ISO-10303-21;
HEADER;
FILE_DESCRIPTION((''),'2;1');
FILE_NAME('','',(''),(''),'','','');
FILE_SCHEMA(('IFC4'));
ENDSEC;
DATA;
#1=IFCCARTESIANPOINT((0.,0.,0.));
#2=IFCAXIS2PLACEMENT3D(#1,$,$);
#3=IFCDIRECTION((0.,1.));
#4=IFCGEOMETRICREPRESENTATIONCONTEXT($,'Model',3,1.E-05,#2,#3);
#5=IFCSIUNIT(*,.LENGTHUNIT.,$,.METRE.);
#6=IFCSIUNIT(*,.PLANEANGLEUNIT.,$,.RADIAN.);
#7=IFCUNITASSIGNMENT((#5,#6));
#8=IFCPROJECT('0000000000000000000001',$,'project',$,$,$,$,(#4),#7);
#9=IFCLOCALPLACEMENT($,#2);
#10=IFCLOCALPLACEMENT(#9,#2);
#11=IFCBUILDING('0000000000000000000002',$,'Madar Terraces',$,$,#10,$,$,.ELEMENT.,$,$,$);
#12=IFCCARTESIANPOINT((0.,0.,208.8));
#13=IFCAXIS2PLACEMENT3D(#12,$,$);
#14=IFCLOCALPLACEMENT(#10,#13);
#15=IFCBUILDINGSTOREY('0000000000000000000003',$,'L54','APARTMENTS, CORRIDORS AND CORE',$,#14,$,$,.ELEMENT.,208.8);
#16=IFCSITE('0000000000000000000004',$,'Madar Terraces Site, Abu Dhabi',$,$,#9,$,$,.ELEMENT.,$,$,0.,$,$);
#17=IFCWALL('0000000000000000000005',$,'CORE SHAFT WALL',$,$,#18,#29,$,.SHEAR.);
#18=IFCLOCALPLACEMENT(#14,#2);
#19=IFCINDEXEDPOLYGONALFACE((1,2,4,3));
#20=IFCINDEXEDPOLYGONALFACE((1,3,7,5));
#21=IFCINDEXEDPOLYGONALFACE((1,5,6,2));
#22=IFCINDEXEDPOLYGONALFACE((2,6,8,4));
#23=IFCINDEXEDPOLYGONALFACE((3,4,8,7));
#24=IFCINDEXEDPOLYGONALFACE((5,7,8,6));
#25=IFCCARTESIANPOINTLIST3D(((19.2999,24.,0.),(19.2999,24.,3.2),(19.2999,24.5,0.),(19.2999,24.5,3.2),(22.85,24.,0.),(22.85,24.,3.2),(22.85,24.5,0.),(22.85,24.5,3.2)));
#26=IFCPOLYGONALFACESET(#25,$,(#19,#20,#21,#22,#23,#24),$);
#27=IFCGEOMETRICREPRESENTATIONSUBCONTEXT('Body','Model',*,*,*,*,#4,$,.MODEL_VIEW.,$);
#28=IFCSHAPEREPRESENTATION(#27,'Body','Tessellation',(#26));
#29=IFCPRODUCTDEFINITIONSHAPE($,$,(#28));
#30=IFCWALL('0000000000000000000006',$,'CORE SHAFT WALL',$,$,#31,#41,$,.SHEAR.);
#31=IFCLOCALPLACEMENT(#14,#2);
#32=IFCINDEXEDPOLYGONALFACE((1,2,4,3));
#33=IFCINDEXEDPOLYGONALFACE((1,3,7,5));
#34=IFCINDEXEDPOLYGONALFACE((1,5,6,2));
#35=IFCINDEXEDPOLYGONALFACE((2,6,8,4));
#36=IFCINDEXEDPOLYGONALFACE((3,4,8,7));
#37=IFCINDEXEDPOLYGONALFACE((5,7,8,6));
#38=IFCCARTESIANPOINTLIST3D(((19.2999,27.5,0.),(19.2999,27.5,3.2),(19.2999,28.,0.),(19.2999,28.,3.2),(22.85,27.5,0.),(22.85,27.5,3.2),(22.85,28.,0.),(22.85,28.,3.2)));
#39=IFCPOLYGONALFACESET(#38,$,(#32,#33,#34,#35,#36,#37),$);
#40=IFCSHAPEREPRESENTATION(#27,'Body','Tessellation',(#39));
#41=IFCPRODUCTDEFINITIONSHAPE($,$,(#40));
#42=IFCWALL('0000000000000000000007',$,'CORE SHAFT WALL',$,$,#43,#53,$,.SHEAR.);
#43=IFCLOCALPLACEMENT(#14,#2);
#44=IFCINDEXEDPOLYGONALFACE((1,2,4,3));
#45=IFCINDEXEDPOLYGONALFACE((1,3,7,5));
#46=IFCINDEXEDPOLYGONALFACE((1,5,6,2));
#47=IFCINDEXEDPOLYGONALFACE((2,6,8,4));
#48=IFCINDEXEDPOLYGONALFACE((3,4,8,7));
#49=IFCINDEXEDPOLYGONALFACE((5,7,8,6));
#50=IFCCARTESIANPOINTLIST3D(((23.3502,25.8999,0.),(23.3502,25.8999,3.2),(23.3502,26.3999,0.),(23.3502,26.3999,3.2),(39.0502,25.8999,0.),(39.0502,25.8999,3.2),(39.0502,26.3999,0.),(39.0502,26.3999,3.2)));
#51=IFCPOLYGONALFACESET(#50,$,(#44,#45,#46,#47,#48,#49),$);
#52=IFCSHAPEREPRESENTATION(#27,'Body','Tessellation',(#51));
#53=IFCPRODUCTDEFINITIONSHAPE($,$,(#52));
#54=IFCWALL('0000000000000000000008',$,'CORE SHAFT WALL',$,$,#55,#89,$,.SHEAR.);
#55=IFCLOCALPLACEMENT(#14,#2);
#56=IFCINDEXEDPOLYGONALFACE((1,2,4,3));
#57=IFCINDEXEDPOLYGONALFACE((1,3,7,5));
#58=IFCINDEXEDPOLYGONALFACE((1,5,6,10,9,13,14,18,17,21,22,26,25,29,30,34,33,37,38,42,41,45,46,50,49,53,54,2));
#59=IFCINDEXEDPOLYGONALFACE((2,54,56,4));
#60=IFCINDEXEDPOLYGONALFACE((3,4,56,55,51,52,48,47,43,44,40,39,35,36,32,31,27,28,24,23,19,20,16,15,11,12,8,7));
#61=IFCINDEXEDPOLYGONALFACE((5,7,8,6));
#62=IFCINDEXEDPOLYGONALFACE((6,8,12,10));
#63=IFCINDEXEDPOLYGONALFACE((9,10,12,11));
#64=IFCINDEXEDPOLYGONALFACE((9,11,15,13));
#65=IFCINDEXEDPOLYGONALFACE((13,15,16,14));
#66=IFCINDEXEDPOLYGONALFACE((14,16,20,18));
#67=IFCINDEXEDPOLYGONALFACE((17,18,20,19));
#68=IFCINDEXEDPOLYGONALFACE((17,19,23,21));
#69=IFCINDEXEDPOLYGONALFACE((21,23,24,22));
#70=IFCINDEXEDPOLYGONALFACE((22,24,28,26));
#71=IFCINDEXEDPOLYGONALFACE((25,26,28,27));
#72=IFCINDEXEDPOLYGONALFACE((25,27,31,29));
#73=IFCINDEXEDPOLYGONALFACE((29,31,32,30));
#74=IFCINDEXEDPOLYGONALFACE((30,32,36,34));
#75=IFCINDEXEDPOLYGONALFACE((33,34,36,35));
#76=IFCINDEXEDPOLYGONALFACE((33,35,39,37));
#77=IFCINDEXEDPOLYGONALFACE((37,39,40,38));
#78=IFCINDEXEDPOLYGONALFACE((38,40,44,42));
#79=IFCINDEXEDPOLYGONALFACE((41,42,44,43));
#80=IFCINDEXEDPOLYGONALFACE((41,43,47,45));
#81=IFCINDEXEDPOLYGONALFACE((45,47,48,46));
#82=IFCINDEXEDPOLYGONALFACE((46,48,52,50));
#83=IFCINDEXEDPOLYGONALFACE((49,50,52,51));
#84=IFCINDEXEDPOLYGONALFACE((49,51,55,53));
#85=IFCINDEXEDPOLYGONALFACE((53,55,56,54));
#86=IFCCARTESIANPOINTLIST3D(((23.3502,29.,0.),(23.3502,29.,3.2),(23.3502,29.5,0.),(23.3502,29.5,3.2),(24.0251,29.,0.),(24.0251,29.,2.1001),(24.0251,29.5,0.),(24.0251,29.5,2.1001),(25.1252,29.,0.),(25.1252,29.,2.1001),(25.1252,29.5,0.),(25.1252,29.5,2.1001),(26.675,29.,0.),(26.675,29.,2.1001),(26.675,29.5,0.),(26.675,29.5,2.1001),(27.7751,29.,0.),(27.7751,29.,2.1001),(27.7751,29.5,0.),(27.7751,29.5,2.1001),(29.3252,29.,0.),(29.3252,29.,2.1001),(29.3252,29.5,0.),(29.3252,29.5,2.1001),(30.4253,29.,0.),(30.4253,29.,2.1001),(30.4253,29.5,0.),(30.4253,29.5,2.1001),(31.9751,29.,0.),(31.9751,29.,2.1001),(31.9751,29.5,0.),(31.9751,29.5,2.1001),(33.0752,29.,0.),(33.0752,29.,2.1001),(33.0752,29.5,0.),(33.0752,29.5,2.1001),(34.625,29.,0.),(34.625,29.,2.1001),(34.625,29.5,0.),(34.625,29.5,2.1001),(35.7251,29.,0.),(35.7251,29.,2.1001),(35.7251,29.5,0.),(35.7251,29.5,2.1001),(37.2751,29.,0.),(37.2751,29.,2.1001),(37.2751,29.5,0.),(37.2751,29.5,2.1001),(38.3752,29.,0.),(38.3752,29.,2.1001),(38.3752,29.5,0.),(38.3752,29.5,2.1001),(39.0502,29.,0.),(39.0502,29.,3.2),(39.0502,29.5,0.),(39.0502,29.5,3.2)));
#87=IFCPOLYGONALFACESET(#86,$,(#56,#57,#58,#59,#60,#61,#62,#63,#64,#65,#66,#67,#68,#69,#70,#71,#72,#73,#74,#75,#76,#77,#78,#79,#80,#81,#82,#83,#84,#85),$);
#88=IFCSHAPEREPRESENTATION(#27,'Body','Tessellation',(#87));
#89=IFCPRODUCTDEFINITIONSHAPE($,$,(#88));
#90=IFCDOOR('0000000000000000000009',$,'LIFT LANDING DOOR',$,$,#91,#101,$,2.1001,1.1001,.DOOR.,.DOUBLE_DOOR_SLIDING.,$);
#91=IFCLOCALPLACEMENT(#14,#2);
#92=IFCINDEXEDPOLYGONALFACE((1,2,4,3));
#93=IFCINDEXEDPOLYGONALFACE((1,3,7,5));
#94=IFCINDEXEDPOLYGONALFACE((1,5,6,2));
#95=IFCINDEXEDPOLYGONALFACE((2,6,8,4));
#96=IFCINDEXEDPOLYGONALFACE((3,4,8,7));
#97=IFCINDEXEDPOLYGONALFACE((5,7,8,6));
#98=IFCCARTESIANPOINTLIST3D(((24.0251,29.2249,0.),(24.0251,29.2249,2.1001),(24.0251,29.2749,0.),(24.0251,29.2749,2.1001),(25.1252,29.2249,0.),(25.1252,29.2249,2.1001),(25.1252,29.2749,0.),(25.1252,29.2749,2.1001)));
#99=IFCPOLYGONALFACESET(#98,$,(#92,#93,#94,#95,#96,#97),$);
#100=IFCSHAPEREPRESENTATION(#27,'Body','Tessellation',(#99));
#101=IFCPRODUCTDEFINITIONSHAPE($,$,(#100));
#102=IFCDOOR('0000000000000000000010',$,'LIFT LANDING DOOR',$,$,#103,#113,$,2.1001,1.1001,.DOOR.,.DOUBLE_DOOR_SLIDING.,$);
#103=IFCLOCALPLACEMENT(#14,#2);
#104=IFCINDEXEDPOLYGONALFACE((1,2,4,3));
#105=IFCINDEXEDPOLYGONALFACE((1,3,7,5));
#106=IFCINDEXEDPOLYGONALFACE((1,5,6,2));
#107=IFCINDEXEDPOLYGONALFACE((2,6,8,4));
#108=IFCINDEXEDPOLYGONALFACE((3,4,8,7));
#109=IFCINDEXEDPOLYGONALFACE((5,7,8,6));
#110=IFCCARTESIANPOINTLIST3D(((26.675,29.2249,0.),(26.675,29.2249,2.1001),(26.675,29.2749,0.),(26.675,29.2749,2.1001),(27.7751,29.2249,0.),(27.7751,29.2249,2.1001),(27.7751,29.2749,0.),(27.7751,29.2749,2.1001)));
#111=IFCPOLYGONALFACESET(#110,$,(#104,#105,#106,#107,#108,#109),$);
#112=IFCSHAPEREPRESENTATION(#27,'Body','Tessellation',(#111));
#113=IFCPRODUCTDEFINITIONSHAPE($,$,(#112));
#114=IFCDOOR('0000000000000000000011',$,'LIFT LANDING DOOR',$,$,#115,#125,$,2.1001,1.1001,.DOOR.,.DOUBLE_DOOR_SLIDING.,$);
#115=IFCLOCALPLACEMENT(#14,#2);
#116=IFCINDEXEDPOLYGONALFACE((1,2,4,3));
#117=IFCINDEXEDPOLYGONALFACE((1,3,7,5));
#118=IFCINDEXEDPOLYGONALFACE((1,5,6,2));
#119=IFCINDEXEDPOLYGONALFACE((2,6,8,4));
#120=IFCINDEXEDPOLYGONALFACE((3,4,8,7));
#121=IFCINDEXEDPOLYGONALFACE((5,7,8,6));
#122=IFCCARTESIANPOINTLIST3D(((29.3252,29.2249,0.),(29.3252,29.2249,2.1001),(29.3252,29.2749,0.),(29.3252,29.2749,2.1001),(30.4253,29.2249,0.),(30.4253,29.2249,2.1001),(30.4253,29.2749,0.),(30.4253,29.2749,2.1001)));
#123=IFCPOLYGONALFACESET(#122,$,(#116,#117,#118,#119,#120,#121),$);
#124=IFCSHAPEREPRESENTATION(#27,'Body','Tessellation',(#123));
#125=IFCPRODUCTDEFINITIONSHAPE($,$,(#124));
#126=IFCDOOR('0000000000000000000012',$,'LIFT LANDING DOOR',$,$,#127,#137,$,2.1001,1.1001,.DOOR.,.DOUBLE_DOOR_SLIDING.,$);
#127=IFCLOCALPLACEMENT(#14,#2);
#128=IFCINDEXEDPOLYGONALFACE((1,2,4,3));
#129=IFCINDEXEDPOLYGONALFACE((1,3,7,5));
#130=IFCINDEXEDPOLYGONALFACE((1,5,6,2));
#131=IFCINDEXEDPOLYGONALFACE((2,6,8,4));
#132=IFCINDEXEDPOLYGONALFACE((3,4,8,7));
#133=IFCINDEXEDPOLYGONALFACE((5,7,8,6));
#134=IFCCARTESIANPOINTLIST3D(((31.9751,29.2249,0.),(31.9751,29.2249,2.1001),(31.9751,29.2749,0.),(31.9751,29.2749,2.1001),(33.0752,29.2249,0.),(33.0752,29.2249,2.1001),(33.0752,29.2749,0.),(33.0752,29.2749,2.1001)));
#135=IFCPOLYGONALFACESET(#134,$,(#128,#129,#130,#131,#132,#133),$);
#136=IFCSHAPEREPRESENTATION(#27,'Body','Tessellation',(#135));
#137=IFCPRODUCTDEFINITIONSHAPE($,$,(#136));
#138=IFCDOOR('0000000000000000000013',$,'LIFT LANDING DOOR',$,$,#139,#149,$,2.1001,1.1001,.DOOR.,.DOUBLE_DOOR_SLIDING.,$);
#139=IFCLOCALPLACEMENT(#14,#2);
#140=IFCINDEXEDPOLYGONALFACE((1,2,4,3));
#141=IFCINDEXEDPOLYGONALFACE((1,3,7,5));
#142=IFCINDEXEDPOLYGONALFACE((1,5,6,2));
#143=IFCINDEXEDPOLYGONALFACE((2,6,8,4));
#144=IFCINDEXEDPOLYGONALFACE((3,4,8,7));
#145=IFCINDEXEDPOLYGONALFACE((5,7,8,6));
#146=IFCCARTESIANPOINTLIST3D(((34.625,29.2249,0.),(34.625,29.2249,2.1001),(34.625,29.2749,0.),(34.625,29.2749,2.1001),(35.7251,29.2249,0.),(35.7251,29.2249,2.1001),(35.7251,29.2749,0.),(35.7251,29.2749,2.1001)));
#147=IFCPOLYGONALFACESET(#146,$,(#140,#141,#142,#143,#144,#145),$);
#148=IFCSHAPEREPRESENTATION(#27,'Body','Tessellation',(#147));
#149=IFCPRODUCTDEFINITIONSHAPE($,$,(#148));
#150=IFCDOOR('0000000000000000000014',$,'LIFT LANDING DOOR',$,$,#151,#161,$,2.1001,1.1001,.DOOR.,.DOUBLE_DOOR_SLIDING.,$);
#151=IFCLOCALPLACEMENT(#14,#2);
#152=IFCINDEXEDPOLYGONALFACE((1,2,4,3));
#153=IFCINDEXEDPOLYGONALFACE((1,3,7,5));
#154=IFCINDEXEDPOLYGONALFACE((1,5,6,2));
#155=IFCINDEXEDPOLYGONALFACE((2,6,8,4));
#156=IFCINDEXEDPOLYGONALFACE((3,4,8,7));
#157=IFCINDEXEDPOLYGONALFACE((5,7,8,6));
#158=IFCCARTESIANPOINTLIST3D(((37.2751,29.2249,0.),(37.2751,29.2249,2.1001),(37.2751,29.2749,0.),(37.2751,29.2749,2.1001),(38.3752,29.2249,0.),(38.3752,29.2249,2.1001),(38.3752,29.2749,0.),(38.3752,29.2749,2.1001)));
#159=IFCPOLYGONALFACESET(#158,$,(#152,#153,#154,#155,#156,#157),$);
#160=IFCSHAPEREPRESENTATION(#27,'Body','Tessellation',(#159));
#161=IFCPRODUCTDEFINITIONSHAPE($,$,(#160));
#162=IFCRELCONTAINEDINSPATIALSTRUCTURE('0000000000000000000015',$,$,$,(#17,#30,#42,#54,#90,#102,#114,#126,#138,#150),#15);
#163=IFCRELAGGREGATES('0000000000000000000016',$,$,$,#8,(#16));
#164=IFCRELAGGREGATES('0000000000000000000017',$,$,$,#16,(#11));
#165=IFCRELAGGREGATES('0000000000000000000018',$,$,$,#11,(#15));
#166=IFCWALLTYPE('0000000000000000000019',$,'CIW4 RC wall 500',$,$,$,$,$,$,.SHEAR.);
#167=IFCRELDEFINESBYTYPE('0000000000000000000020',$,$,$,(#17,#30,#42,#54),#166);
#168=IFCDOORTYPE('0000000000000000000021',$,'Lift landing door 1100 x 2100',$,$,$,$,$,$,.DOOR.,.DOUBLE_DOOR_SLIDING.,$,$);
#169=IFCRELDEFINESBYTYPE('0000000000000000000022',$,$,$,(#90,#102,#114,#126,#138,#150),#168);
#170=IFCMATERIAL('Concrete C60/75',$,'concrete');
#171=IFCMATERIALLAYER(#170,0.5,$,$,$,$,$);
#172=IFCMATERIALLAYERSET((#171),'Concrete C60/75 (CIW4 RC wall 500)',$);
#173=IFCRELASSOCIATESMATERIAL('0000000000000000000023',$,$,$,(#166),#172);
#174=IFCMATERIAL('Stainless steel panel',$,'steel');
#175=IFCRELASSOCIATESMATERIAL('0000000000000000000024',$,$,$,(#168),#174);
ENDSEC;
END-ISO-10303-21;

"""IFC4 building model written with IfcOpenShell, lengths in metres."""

from ifc_helpers import new_model, si_unit, direction, frame, frame_2d, origin, place, context, subcontext, project, spatial, rectangle, extrude, material, layer, layer_set, type_object, element, fill, save


model = new_model("IFC4")

# Units and contexts
model_context = context("Model", 3, precision=1e-05, world=origin(), true_north=direction((0.0, 1.0)))
body_context = subcontext(model_context, "Body", "Model", "MODEL_VIEW")
ifc_project = project(units=[si_unit("LENGTHUNIT", "METRE"), si_unit("PLANEANGLEUNIT", "RADIAN")], contexts=[model_context])

# Site, building, storey
site_placement = place(None, origin())
site = spatial("IfcSite", under=ifc_project, at=site_placement, Name="Madar Terraces Site, Abu Dhabi", CompositionType="ELEMENT", RefElevation=0.0)
building_placement = place(site_placement, origin())
building = spatial("IfcBuilding", under=site, at=building_placement, Name="Madar Terraces", CompositionType="ELEMENT")
storey_placement = place(building_placement, frame((0.0, 0.0, 208.8)))
storey = spatial("IfcBuildingStorey", under=building, at=storey_placement, Name="L54", Description="APARTMENTS, CORRIDORS AND CORE", CompositionType="ELEMENT", Elevation=208.8)

# Walls
ifc_material_1 = material(Name="Concrete C60/75", Category="concrete")
ifc_layer_1 = layer(ifc_material_1, 0.5)
ifc_layer_set_1 = layer_set([ifc_layer_1], Name="Concrete C60/75 (CIW4 RC wall 500)")
wall_type_1 = type_object("IfcWallType", Name="CIW4 RC wall 500", PredefinedType="SHEAR", material=ifc_layer_set_1)
for number, where, z_axis, x_axis, name in (
    (1, (19.3, 24.25, 0.0), (0.0, 0.0, 1.0), (1.0, 0.0, 0.0), "CORE SHAFT WALL"),
    (2, (19.3, 27.75, 0.0), (0.0, 0.0, 1.0), (1.0, 0.0, 0.0), "CORE SHAFT WALL"),
):
    element("IfcWall", number, at=place(storey_placement, frame(where, z_axis=z_axis, x_axis=x_axis)), inside=storey, type_object=wall_type_1, Name=name, PredefinedType="SHEAR", context=body_context, shape_type="SweptSolid", body=[
        extrude(rectangle(XDim=3.55, YDim=0.5, at=frame_2d((1.7749, 0.0))), origin(), (0.0, 0.0, 1.0), 3.2),
    ])
wall_1_placement = place(storey_placement, frame((23.3501, 26.1499, 0.0), z_axis=(0.0, 0.0, 1.0), x_axis=(1.0, 0.0, 0.0)))
element("IfcWall", 3, at=wall_1_placement, inside=storey, type_object=wall_type_1, Name="CORE SHAFT WALL", PredefinedType="SHEAR", context=body_context, shape_type="SweptSolid", body=[
    extrude(rectangle(XDim=15.7, YDim=0.5, at=frame_2d((7.8501, 0.0))), origin(), (0.0, 0.0, 1.0), 3.2),
])

# Wall, openings, doors
wall_2_placement = place(storey_placement, frame((23.3501, 29.25, 0.0), z_axis=(0.0, 0.0, 1.0), x_axis=(1.0, 0.0, 0.0)))
wall_2 = element("IfcWall", 4, at=wall_2_placement, inside=storey, type_object=wall_type_1, Name="CORE SHAFT WALL", PredefinedType="SHEAR", context=body_context, shape_type="SweptSolid", body=[
    extrude(rectangle(XDim=15.7, YDim=0.5, at=frame_2d((7.8501, 0.0))), origin(), (0.0, 0.0, 1.0), 3.2),
])
opening_1_placement = place(wall_2_placement, frame((0.675, 0.0, 0.0)))
opening_1 = element("IfcOpeningElement", 5, at=opening_1_placement, cuts=wall_2, PredefinedType="OPENING", context=body_context, shape_type="SweptSolid", body=[
    extrude(rectangle(XDim=1.1001, YDim=2.1001, at=frame_2d((0.55, 1.05))), frame((0.0, 0.26, 0.0), z_axis=(0.0, -1.0, 0.0), x_axis=(1.0, 0.0, 0.0)), (0.0, 0.0, 1.0), 0.52),
])
opening_2_placement = place(wall_2_placement, frame((3.325, 0.0, 0.0)))
opening_2 = element("IfcOpeningElement", 6, at=opening_2_placement, cuts=wall_2, PredefinedType="OPENING", context=body_context, shape_type="SweptSolid", body=[
    extrude(rectangle(XDim=1.1001, YDim=2.1001, at=frame_2d((0.55, 1.05))), frame((0.0, 0.26, 0.0), z_axis=(0.0, -1.0, 0.0), x_axis=(1.0, 0.0, 0.0)), (0.0, 0.0, 1.0), 0.52),
])
opening_3_placement = place(wall_2_placement, frame((5.9751, 0.0, 0.0)))
opening_3 = element("IfcOpeningElement", 7, at=opening_3_placement, cuts=wall_2, PredefinedType="OPENING", context=body_context, shape_type="SweptSolid", body=[
    extrude(rectangle(XDim=1.1001, YDim=2.1001, at=frame_2d((0.55, 1.05))), frame((0.0, 0.26, 0.0), z_axis=(0.0, -1.0, 0.0), x_axis=(1.0, 0.0, 0.0)), (0.0, 0.0, 1.0), 0.52),
])
opening_4_placement = place(wall_2_placement, frame((8.625, 0.0, 0.0)))
opening_4 = element("IfcOpeningElement", 8, at=opening_4_placement, cuts=wall_2, PredefinedType="OPENING", context=body_context, shape_type="SweptSolid", body=[
    extrude(rectangle(XDim=1.1001, YDim=2.1001, at=frame_2d((0.55, 1.05))), frame((0.0, 0.26, 0.0), z_axis=(0.0, -1.0, 0.0), x_axis=(1.0, 0.0, 0.0)), (0.0, 0.0, 1.0), 0.52),
])
opening_5_placement = place(wall_2_placement, frame((11.2749, 0.0, 0.0)))
opening_5 = element("IfcOpeningElement", 9, at=opening_5_placement, cuts=wall_2, PredefinedType="OPENING", context=body_context, shape_type="SweptSolid", body=[
    extrude(rectangle(XDim=1.1001, YDim=2.1001, at=frame_2d((0.55, 1.05))), frame((0.0, 0.26, 0.0), z_axis=(0.0, -1.0, 0.0), x_axis=(1.0, 0.0, 0.0)), (0.0, 0.0, 1.0), 0.52),
])
opening_6_placement = place(wall_2_placement, frame((13.925, 0.0, 0.0)))
opening_6 = element("IfcOpeningElement", 10, at=opening_6_placement, cuts=wall_2, PredefinedType="OPENING", context=body_context, shape_type="SweptSolid", body=[
    extrude(rectangle(XDim=1.1001, YDim=2.1001, at=frame_2d((0.55, 1.05))), frame((0.0, 0.26, 0.0), z_axis=(0.0, -1.0, 0.0), x_axis=(1.0, 0.0, 0.0)), (0.0, 0.0, 1.0), 0.52),
])
ifc_material_2 = material(Name="Stainless steel panel", Category="steel")
door_type_1 = type_object("IfcDoorType", Name="Lift landing door 1100 x 2100", OperationType="DOUBLE_DOOR_SLIDING", PredefinedType="DOOR", material=ifc_material_2)
door_1_placement = place(opening_1_placement, origin())
door_1 = element("IfcDoor", 11, at=door_1_placement, inside=storey, type_object=door_type_1, Name="LIFT LANDING DOOR", OperationType="DOUBLE_DOOR_SLIDING", OverallHeight=2.1001, OverallWidth=1.1001, PredefinedType="DOOR", context=body_context, shape_type="SweptSolid", body=[
    extrude(rectangle(XDim=1.1001, YDim=2.1001, at=frame_2d((0.55, 1.05))), frame((0.0, 0.0249, 0.0), z_axis=(0.0, -1.0, 0.0), x_axis=(1.0, 0.0, 0.0)), (0.0, 0.0, 1.0), 0.05),
])
fill(opening_1, door_1)
door_2_placement = place(opening_2_placement, origin())
door_2 = element("IfcDoor", 12, at=door_2_placement, inside=storey, type_object=door_type_1, Name="LIFT LANDING DOOR", OperationType="DOUBLE_DOOR_SLIDING", OverallHeight=2.1001, OverallWidth=1.1001, PredefinedType="DOOR", context=body_context, shape_type="SweptSolid", body=[
    extrude(rectangle(XDim=1.1001, YDim=2.1001, at=frame_2d((0.55, 1.05))), frame((0.0, 0.0249, 0.0), z_axis=(0.0, -1.0, 0.0), x_axis=(1.0, 0.0, 0.0)), (0.0, 0.0, 1.0), 0.05),
])
fill(opening_2, door_2)
door_3_placement = place(opening_3_placement, origin())
door_3 = element("IfcDoor", 13, at=door_3_placement, inside=storey, type_object=door_type_1, Name="LIFT LANDING DOOR", OperationType="DOUBLE_DOOR_SLIDING", OverallHeight=2.1001, OverallWidth=1.1001, PredefinedType="DOOR", context=body_context, shape_type="SweptSolid", body=[
    extrude(rectangle(XDim=1.1001, YDim=2.1001, at=frame_2d((0.55, 1.05))), frame((0.0, 0.0249, 0.0), z_axis=(0.0, -1.0, 0.0), x_axis=(1.0, 0.0, 0.0)), (0.0, 0.0, 1.0), 0.05),
])
fill(opening_3, door_3)
door_4_placement = place(opening_4_placement, origin())
door_4 = element("IfcDoor", 14, at=door_4_placement, inside=storey, type_object=door_type_1, Name="LIFT LANDING DOOR", OperationType="DOUBLE_DOOR_SLIDING", OverallHeight=2.1001, OverallWidth=1.1001, PredefinedType="DOOR", context=body_context, shape_type="SweptSolid", body=[
    extrude(rectangle(XDim=1.1001, YDim=2.1001, at=frame_2d((0.55, 1.05))), frame((0.0, 0.0249, 0.0), z_axis=(0.0, -1.0, 0.0), x_axis=(1.0, 0.0, 0.0)), (0.0, 0.0, 1.0), 0.05),
])
fill(opening_4, door_4)
door_5_placement = place(opening_5_placement, origin())
door_5 = element("IfcDoor", 15, at=door_5_placement, inside=storey, type_object=door_type_1, Name="LIFT LANDING DOOR", OperationType="DOUBLE_DOOR_SLIDING", OverallHeight=2.1001, OverallWidth=1.1001, PredefinedType="DOOR", context=body_context, shape_type="SweptSolid", body=[
    extrude(rectangle(XDim=1.1001, YDim=2.1001, at=frame_2d((0.55, 1.05))), frame((0.0, 0.0249, 0.0), z_axis=(0.0, -1.0, 0.0), x_axis=(1.0, 0.0, 0.0)), (0.0, 0.0, 1.0), 0.05),
])
fill(opening_5, door_5)
door_6_placement = place(opening_6_placement, origin())
door_6 = element("IfcDoor", 16, at=door_6_placement, inside=storey, type_object=door_type_1, Name="LIFT LANDING DOOR", OperationType="DOUBLE_DOOR_SLIDING", OverallHeight=2.1001, OverallWidth=1.1001, PredefinedType="DOOR", context=body_context, shape_type="SweptSolid", body=[
    extrude(rectangle(XDim=1.1001, YDim=2.1001, at=frame_2d((0.55, 1.05))), frame((0.0, 0.0249, 0.0), z_axis=(0.0, -1.0, 0.0), x_axis=(1.0, 0.0, 0.0)), (0.0, 0.0, 1.0), 0.05),
])
fill(opening_6, door_6)

save(model, "model.ifc")
